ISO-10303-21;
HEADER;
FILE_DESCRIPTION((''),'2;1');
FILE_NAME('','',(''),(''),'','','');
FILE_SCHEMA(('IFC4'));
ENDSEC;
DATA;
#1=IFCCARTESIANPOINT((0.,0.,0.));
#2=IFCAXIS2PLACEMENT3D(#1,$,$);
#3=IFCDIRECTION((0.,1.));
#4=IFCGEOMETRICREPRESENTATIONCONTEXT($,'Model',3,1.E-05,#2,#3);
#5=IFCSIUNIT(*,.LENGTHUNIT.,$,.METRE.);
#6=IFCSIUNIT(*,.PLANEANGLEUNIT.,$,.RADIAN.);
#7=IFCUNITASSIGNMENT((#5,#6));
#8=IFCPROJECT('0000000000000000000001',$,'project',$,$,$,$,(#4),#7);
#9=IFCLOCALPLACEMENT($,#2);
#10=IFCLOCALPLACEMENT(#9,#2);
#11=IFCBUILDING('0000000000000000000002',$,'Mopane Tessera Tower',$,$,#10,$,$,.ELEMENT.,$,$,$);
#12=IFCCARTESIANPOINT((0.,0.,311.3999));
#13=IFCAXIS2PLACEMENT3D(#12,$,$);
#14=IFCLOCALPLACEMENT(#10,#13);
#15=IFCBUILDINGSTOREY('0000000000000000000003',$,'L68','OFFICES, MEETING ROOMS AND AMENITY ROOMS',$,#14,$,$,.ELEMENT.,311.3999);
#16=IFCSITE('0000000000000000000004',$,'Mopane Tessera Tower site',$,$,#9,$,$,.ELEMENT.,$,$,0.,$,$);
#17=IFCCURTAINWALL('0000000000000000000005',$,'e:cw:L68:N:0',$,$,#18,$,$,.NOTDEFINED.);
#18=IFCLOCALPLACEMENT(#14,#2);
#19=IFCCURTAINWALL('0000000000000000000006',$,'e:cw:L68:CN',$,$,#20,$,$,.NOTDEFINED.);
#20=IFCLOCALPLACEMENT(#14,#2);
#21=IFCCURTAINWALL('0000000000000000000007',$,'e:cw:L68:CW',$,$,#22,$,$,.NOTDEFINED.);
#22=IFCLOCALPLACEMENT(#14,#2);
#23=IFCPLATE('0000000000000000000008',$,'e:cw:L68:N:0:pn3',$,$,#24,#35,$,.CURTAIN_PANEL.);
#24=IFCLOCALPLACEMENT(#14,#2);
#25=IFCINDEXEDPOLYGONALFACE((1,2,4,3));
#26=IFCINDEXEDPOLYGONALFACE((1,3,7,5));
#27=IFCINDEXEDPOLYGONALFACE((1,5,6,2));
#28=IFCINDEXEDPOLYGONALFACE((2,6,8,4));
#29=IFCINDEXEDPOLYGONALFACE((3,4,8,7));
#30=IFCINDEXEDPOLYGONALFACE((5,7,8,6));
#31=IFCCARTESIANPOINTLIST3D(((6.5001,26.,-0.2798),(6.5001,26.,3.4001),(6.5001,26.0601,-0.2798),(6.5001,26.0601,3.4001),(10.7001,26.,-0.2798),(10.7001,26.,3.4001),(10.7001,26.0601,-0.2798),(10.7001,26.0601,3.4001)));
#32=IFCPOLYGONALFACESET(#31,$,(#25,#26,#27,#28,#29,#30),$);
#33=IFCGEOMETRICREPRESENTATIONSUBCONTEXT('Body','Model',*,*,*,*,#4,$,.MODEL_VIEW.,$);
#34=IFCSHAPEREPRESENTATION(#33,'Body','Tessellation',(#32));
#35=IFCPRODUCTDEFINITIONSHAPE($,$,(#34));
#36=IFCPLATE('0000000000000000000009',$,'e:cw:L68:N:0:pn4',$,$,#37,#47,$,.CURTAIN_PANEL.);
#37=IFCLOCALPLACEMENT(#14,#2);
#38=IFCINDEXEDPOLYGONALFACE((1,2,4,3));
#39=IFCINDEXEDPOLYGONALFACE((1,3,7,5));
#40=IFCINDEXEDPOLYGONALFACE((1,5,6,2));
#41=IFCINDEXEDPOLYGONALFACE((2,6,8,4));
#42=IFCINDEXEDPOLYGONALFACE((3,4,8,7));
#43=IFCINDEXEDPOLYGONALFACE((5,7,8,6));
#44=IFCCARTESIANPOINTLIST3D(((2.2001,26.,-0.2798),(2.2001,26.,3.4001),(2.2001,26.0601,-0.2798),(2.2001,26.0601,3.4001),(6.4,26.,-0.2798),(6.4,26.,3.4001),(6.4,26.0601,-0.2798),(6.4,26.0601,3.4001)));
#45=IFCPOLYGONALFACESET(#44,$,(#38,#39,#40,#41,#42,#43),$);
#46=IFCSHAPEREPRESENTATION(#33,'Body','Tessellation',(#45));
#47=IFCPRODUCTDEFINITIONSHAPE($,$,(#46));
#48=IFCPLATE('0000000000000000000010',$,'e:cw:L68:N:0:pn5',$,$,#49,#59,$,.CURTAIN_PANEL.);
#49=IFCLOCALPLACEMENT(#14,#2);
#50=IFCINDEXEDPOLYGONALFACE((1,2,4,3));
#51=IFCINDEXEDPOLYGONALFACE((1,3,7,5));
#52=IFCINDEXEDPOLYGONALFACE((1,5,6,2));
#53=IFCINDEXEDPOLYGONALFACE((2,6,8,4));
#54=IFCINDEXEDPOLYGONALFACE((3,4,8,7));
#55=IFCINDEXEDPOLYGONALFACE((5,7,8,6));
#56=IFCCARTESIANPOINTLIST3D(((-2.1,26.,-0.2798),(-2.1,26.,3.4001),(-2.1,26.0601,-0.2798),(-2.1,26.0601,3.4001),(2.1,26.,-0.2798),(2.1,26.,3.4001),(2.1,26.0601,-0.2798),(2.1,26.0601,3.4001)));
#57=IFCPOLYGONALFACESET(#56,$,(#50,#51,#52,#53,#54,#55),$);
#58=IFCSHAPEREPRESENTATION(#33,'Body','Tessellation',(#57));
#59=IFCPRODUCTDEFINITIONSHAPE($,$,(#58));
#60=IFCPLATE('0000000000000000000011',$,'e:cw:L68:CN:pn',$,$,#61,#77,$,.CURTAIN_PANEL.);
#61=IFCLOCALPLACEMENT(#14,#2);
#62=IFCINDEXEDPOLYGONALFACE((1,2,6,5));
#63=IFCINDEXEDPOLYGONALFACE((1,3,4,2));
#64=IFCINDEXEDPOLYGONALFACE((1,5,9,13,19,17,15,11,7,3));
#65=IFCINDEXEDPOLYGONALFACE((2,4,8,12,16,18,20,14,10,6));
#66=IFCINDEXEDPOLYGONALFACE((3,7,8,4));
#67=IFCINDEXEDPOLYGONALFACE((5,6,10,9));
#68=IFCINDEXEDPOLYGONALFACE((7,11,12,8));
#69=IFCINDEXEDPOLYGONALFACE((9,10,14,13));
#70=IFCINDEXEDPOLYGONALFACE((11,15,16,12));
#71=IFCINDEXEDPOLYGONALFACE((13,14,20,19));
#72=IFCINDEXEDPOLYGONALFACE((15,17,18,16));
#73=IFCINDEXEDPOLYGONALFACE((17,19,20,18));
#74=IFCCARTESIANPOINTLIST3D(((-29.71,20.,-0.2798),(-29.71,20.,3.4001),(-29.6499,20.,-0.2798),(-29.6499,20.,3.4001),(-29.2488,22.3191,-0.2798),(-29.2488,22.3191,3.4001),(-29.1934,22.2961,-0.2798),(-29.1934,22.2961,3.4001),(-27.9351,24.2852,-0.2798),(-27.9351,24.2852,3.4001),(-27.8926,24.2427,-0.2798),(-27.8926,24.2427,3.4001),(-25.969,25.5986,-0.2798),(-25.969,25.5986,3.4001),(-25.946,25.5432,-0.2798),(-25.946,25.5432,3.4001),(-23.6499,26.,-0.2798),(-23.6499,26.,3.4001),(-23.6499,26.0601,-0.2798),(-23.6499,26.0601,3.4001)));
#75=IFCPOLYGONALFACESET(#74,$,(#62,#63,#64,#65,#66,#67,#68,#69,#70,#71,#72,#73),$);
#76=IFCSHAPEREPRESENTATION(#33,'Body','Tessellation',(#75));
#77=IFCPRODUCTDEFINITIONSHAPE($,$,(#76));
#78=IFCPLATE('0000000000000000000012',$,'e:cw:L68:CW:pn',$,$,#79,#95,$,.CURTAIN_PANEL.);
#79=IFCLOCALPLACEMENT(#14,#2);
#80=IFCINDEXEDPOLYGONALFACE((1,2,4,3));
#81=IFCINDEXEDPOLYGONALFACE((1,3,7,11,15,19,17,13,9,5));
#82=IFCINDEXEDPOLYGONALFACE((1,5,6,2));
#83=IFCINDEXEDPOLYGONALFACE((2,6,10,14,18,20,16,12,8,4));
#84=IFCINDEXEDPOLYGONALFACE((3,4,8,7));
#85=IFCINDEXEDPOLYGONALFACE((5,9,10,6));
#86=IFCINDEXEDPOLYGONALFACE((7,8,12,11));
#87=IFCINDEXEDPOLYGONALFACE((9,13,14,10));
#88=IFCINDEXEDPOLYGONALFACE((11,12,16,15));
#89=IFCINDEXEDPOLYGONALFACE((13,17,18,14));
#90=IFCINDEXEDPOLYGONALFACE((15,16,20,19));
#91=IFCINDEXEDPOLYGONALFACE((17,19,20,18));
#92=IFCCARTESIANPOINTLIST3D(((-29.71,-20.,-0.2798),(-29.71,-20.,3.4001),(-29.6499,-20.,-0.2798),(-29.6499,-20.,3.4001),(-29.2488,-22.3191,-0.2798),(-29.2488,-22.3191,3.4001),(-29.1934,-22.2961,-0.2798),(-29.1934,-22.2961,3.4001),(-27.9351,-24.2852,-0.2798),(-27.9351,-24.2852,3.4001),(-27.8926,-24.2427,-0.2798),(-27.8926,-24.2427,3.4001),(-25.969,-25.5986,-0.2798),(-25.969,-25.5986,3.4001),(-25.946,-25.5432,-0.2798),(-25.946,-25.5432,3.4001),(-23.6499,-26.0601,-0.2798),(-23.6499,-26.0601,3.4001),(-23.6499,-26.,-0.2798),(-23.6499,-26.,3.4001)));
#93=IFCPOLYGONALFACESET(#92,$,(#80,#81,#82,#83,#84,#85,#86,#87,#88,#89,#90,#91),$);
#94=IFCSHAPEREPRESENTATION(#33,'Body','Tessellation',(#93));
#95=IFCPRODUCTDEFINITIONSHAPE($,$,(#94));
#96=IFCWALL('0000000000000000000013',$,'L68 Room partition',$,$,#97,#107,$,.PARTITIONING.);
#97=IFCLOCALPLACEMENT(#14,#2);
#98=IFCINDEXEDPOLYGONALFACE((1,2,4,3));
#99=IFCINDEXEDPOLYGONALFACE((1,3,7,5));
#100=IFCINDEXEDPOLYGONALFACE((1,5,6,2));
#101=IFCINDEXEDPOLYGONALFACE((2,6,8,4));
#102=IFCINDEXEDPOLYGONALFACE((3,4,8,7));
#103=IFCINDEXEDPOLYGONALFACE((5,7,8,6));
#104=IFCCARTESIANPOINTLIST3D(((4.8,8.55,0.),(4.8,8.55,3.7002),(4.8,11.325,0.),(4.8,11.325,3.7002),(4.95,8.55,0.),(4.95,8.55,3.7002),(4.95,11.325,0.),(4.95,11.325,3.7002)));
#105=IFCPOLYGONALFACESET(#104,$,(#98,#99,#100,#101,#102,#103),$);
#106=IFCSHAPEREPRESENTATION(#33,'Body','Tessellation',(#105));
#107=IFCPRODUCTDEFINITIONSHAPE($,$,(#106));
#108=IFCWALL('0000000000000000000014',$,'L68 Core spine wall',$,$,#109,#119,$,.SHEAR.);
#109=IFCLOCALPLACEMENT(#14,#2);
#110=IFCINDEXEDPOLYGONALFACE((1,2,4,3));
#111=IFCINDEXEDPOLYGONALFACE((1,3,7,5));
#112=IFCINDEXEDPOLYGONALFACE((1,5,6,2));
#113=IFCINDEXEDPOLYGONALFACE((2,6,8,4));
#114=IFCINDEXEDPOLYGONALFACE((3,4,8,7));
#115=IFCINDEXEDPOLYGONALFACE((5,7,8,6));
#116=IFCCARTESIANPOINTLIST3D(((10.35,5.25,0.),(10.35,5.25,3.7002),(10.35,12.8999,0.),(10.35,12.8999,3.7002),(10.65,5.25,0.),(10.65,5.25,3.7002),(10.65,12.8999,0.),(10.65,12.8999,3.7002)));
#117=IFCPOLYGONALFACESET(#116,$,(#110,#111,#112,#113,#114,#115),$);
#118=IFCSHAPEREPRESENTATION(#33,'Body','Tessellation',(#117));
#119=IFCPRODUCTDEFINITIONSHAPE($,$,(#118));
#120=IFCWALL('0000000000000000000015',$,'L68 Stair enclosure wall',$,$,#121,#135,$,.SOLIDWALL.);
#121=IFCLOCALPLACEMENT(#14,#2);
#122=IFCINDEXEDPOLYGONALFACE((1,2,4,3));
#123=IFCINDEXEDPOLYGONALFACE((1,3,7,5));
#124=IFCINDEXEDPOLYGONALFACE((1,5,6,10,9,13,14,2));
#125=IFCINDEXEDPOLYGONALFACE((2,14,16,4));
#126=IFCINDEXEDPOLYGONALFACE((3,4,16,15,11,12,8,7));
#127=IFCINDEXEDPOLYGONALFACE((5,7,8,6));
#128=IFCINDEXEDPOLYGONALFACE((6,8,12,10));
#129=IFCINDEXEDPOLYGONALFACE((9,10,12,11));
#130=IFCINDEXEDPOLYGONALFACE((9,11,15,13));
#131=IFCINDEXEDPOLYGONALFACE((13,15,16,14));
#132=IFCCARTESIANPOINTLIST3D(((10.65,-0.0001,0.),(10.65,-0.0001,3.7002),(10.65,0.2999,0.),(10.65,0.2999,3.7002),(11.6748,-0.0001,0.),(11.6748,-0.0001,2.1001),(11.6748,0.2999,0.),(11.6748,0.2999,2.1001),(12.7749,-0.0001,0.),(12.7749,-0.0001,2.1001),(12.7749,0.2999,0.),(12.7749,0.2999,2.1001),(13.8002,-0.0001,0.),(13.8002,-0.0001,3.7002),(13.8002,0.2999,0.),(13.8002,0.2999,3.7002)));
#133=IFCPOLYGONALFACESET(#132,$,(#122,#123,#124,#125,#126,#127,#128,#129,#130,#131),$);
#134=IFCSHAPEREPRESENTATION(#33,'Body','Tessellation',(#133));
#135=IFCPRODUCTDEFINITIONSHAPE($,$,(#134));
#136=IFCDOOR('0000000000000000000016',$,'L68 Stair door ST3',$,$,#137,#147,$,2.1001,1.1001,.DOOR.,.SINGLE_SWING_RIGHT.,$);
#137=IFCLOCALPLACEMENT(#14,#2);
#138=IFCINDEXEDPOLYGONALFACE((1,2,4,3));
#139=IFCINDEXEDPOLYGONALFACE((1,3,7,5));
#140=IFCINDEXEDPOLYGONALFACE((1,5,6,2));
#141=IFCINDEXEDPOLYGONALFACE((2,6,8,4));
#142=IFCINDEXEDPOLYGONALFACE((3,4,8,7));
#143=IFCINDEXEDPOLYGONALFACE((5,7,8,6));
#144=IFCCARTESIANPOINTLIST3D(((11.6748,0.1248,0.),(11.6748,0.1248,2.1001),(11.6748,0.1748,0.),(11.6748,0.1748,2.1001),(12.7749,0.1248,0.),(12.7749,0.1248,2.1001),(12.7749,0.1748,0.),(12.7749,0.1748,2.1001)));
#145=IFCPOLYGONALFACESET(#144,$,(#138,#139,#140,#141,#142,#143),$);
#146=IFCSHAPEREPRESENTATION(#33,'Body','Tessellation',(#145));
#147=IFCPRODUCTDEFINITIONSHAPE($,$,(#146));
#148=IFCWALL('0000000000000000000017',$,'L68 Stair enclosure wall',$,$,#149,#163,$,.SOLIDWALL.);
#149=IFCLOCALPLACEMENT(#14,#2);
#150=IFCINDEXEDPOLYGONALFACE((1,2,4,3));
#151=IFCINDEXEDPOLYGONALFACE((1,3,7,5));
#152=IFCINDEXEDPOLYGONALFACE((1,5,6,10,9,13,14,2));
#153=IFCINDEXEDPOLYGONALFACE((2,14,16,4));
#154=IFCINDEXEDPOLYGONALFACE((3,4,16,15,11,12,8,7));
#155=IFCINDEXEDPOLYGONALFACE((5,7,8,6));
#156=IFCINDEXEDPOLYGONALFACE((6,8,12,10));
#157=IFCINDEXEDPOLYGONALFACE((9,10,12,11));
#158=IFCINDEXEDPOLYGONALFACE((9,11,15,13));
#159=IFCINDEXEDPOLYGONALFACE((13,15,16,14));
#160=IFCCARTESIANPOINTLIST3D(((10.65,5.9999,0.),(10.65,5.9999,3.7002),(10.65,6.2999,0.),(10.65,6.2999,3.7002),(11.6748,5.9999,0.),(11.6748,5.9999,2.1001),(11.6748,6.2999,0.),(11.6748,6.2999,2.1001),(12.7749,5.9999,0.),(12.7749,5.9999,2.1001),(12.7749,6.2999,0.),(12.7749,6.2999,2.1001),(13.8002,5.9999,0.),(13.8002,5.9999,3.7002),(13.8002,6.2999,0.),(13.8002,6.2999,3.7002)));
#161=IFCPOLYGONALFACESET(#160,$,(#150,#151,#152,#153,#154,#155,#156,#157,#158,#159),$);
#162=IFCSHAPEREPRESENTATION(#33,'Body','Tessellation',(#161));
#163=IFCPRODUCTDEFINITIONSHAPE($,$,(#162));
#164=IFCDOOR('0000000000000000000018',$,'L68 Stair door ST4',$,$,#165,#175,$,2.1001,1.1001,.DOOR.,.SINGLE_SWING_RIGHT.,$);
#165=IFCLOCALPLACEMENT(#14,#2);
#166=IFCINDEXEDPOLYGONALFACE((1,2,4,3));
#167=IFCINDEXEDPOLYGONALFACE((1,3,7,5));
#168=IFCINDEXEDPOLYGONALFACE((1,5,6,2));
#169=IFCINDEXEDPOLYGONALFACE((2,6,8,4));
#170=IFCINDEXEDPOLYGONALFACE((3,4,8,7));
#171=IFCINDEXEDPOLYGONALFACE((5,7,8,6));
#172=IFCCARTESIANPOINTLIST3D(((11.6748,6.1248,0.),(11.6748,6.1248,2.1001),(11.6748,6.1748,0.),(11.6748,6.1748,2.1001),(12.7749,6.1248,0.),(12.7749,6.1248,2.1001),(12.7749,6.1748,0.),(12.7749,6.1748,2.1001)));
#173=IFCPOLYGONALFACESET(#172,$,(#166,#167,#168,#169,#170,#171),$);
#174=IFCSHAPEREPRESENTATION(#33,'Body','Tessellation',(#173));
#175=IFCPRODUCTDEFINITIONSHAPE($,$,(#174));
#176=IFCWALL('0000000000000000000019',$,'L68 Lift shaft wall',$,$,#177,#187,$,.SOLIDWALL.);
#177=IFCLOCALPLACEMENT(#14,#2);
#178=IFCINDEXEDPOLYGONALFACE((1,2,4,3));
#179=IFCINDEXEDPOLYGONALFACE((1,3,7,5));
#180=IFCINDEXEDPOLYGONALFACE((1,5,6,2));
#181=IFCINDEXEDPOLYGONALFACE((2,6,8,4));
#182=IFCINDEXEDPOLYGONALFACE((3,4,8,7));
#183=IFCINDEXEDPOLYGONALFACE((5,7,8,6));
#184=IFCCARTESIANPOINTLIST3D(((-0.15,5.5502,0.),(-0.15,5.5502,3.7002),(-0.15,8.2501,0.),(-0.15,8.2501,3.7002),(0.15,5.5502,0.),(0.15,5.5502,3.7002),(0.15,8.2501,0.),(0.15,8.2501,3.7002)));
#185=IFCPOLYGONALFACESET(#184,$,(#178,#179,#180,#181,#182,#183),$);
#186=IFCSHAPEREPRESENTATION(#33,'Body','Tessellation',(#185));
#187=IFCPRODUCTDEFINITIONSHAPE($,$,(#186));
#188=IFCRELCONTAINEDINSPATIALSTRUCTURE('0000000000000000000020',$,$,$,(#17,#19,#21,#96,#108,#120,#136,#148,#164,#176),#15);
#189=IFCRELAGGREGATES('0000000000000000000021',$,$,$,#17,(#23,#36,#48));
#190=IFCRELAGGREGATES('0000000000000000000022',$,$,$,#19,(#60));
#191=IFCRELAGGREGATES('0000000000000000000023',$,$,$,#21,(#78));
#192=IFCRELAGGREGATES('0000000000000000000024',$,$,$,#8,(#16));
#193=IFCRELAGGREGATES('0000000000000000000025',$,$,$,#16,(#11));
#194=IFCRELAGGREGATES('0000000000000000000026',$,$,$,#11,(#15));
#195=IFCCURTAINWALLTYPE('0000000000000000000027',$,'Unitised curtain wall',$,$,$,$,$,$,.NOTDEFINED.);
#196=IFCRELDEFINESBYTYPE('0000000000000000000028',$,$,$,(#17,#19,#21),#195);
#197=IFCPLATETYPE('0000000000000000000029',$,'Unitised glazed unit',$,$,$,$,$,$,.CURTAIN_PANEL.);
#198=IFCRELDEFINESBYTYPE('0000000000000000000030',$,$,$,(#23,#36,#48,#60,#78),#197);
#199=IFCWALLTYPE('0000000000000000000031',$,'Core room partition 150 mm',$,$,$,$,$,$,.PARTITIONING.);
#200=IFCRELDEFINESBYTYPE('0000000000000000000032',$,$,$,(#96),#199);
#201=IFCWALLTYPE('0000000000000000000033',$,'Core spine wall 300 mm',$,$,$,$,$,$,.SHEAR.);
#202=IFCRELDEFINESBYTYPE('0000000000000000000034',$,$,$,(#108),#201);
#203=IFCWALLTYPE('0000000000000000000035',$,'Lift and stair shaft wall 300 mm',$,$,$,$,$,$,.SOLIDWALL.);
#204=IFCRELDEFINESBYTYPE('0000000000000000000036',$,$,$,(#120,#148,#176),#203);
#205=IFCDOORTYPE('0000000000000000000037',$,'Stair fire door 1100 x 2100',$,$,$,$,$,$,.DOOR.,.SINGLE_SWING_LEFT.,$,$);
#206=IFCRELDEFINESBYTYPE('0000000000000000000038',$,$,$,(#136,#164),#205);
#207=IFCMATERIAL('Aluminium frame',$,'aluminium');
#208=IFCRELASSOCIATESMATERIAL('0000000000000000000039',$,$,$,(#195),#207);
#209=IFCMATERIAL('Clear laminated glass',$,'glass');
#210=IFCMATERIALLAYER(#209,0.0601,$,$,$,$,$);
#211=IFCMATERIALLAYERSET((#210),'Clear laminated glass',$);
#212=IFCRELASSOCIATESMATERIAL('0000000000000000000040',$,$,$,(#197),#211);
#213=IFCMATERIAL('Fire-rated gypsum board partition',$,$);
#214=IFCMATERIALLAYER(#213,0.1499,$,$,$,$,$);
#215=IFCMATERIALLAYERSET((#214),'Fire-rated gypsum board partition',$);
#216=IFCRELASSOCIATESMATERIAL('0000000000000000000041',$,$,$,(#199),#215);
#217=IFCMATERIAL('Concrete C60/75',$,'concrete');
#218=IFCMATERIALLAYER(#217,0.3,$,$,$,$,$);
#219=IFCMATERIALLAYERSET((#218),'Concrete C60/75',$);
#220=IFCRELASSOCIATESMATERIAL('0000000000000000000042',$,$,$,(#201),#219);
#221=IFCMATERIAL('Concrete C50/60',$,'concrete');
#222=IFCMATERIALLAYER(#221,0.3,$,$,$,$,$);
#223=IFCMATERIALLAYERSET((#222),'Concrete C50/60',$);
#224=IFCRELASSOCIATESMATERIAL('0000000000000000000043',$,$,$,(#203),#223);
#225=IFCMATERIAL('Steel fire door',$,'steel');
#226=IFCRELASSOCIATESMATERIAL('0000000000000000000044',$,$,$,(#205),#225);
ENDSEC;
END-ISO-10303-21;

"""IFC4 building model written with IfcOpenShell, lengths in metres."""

from ifc_helpers import new_model, si_unit, direction, frame, frame_2d, origin, origin_2d, place, context, subcontext, project, spatial, polyline, rectangle, outline, extrude, material, layer, layer_set, type_object, element, fill, aggregate, save


model = new_model("IFC4")

# Units and contexts
model_context = context("Model", 3, precision=1e-05, world=origin(), true_north=direction((0.0, 1.0)))
body_context = subcontext(model_context, "Body", "Model", "MODEL_VIEW")
ifc_project = project(units=[si_unit("LENGTHUNIT", "METRE"), si_unit("PLANEANGLEUNIT", "RADIAN")], contexts=[model_context])

# Site, building, storey
site_placement = place(None, origin())
site = spatial("IfcSite", under=ifc_project, at=site_placement, Name="Mopane Tessera Tower site", CompositionType="ELEMENT", RefElevation=0.0)
building_placement = place(site_placement, origin())
building = spatial("IfcBuilding", under=site, at=building_placement, Name="Mopane Tessera Tower", CompositionType="ELEMENT")
storey_placement = place(building_placement, frame((0.0, 0.0, 311.3999)))
storey = spatial("IfcBuildingStorey", under=building, at=storey_placement, Name="L68", Description="OFFICES, MEETING ROOMS AND AMENITY ROOMS", CompositionType="ELEMENT", Elevation=311.3999)

# Curtain wall
ifc_material_1 = material(Name="Aluminium frame", Category="aluminium")
curtain_wall_type = type_object("IfcCurtainWallType", Name="Unitised curtain wall", PredefinedType="NOTDEFINED", material=ifc_material_1)
curtain_wall_1_placement = place(storey_placement, origin())
curtain_wall_1 = element("IfcCurtainWall", 1, at=curtain_wall_1_placement, inside=storey, type_object=curtain_wall_type, Name="e:cw:L68:N:0", PredefinedType="NOTDEFINED")

# Curtain walls
curtain_wall_2_placement = place(storey_placement, origin())
curtain_wall_2 = element("IfcCurtainWall", 2, at=curtain_wall_2_placement, inside=storey, type_object=curtain_wall_type, Name="e:cw:L68:CN", PredefinedType="NOTDEFINED")
curtain_wall_3_placement = place(storey_placement, origin())
curtain_wall_3 = element("IfcCurtainWall", 3, at=curtain_wall_3_placement, inside=storey, type_object=curtain_wall_type, Name="e:cw:L68:CW", PredefinedType="NOTDEFINED")

# Shared definitions
ifc_material_2 = material(Name="Clear laminated glass", Category="glass")
ifc_layer_1 = layer(ifc_material_2, 0.0601)
ifc_layer_set_1 = layer_set([ifc_layer_1], Name="Clear laminated glass")
plate_type = type_object("IfcPlateType", Name="Unitised glazed unit", PredefinedType="CURTAIN_PANEL", material=ifc_layer_set_1)

# Plates
plate_1_placement = place(storey_placement, frame((8.6001, 26.03, -0.2798), z_axis=(0.0, 0.0, 1.0), x_axis=(-1.0, 0.0, 0.0)))
plate_1 = element("IfcPlate", 4, at=plate_1_placement, type_object=plate_type, Name="e:cw:L68:N:0:pn3", PredefinedType="CURTAIN_PANEL", context=body_context, shape_type="SweptSolid", body=[
    extrude(rectangle(XDim=4.2, YDim=0.0601, at=origin_2d()), origin(), (0.0, 0.0, 1.0), 3.6799),
])
plate_2_placement = place(storey_placement, frame((4.3, 26.03, -0.2798), z_axis=(0.0, 0.0, 1.0), x_axis=(-1.0, 0.0, 0.0)))
plate_2 = element("IfcPlate", 5, at=plate_2_placement, type_object=plate_type, Name="e:cw:L68:N:0:pn4", PredefinedType="CURTAIN_PANEL", context=body_context, shape_type="SweptSolid", body=[
    extrude(rectangle(XDim=4.2, YDim=0.0601, at=origin_2d()), origin(), (0.0, 0.0, 1.0), 3.6799),
])
plate_3_placement = place(storey_placement, frame((0.0, 26.03, -0.2798), z_axis=(0.0, 0.0, 1.0), x_axis=(-1.0, 0.0, 0.0)))
plate_3 = element("IfcPlate", 6, at=plate_3_placement, type_object=plate_type, Name="e:cw:L68:N:0:pn5", PredefinedType="CURTAIN_PANEL", context=body_context, shape_type="SweptSolid", body=[
    extrude(rectangle(XDim=4.2, YDim=0.0601, at=origin_2d()), origin(), (0.0, 0.0, 1.0), 3.6799),
])
aggregate(curtain_wall_1, [plate_1, plate_2, plate_3])
plate_4_placement = place(storey_placement, frame((0.0, 0.0, -0.2798)))
plate_4 = element("IfcPlate", 7, at=plate_4_placement, type_object=plate_type, Name="e:cw:L68:CN:pn", PredefinedType="CURTAIN_PANEL", context=body_context, shape_type="SweptSolid", body=[
    extrude(outline(polyline([(-23.6499, 26.0), (-25.946, 25.5432), (-27.8926, 24.2427), (-29.1934, 22.2961), (-29.6499, 20.0), (-29.71, 20.0), (-29.2488, 22.3191), (-27.9351, 24.2852), (-25.969, 25.5986), (-23.6499, 26.0601), (-23.6499, 26.0)])), origin(), (0.0, 0.0, 1.0), 3.6799),
])
aggregate(curtain_wall_2, [plate_4])
plate_5_placement = place(storey_placement, frame((0.0, 0.0, -0.2798)))
plate_5 = element("IfcPlate", 8, at=plate_5_placement, type_object=plate_type, Name="e:cw:L68:CW:pn", PredefinedType="CURTAIN_PANEL", context=body_context, shape_type="SweptSolid", body=[
    extrude(outline(polyline([(-29.6499, -20.0), (-29.1934, -22.2961), (-27.8926, -24.2427), (-25.946, -25.5432), (-23.6499, -26.0), (-23.6499, -26.0601), (-25.969, -25.5986), (-27.9351, -24.2852), (-29.2488, -22.3191), (-29.71, -20.0), (-29.6499, -20.0)])), origin(), (0.0, 0.0, 1.0), 3.6799),
])
aggregate(curtain_wall_3, [plate_5])

# Walls
ifc_material_3 = material(Name="Fire-rated gypsum board partition")
ifc_layer_2 = layer(ifc_material_3, 0.1499)
ifc_layer_set_2 = layer_set([ifc_layer_2], Name="Fire-rated gypsum board partition")
wall_type_1 = type_object("IfcWallType", Name="Core room partition 150 mm", PredefinedType="PARTITIONING", material=ifc_layer_set_2)
wall_1_placement = place(storey_placement, frame((4.875, 8.55, 0.0), z_axis=(0.0, 0.0, 1.0), x_axis=(0.0, 1.0, 0.0)))
element("IfcWall", 9, at=wall_1_placement, inside=storey, type_object=wall_type_1, Name="L68 Room partition", PredefinedType="PARTITIONING", context=body_context, shape_type="SweptSolid", body=[
    extrude(rectangle(XDim=2.7749, YDim=0.1499, at=frame_2d((1.3875, 0.0))), origin(), (0.0, 0.0, 1.0), 3.7002),
])
ifc_material_4 = material(Name="Concrete C60/75", Category="concrete")
ifc_layer_3 = layer(ifc_material_4, 0.3)
ifc_layer_set_3 = layer_set([ifc_layer_3], Name="Concrete C60/75")
wall_type_2 = type_object("IfcWallType", Name="Core spine wall 300 mm", PredefinedType="SHEAR", material=ifc_layer_set_3)
wall_2_placement = place(storey_placement, frame((10.5, 5.25, 0.0), z_axis=(0.0, 0.0, 1.0), x_axis=(0.0, 1.0, 0.0)))
element("IfcWall", 10, at=wall_2_placement, inside=storey, type_object=wall_type_2, Name="L68 Core spine wall", PredefinedType="SHEAR", context=body_context, shape_type="SweptSolid", body=[
    extrude(rectangle(XDim=7.6499, YDim=0.3, at=frame_2d((3.825, 0.0))), origin(), (0.0, 0.0, 1.0), 3.7002),
])

# Walls, openings, doors
ifc_material_5 = material(Name="Concrete C50/60", Category="concrete")
ifc_layer_4 = layer(ifc_material_5, 0.3)
ifc_layer_set_4 = layer_set([ifc_layer_4], Name="Concrete C50/60")
wall_type_3 = type_object("IfcWallType", Name="Lift and stair shaft wall 300 mm", PredefinedType="SOLIDWALL", material=ifc_layer_set_4)
wall_3_placement = place(storey_placement, frame((10.6499, 0.1499, 0.0), z_axis=(0.0, 0.0, 1.0), x_axis=(1.0, 0.0, 0.0)))
wall_3 = element("IfcWall", 11, at=wall_3_placement, inside=storey, type_object=wall_type_3, Name="L68 Stair enclosure wall", PredefinedType="SOLIDWALL", context=body_context, shape_type="SweptSolid", body=[
    extrude(rectangle(XDim=3.1501, YDim=0.3, at=frame_2d((1.5752, 0.0))), origin(), (0.0, 0.0, 1.0), 3.7002),
])
opening_1_placement = place(wall_3_placement, frame((1.0249, 0.0, 0.0)))
opening_1 = element("IfcOpeningElement", 12, at=opening_1_placement, cuts=wall_3, PredefinedType="OPENING", context=body_context, shape_type="SweptSolid", body=[
    extrude(rectangle(XDim=1.1001, YDim=2.1001, at=frame_2d((0.55, 1.05))), frame((0.0, 0.1621, 0.0), z_axis=(0.0, -1.0, 0.0), x_axis=(1.0, 0.0, 0.0)), (0.0, 0.0, 1.0), 0.324),
])
ifc_material_6 = material(Name="Steel fire door", Category="steel")
door_type = type_object("IfcDoorType", Name="Stair fire door 1100 x 2100", OperationType="SINGLE_SWING_LEFT", PredefinedType="DOOR", material=ifc_material_6)
door_1_placement = place(opening_1_placement, origin())
door_1 = element("IfcDoor", 13, at=door_1_placement, inside=storey, type_object=door_type, Name="L68 Stair door ST3", OperationType="SINGLE_SWING_RIGHT", OverallHeight=2.1001, OverallWidth=1.1001, PredefinedType="DOOR", context=body_context, shape_type="SweptSolid", body=[
    extrude(rectangle(XDim=1.1001, YDim=2.1001, at=frame_2d((0.55, 1.05))), frame((0.0, 0.0249, 0.0), z_axis=(0.0, -1.0, 0.0), x_axis=(1.0, 0.0, 0.0)), (0.0, 0.0, 1.0), 0.05),
])
fill(opening_1, door_1)
wall_4_placement = place(storey_placement, frame((10.6499, 6.1499, 0.0), z_axis=(0.0, 0.0, 1.0), x_axis=(1.0, 0.0, 0.0)))
wall_4 = element("IfcWall", 14, at=wall_4_placement, inside=storey, type_object=wall_type_3, Name="L68 Stair enclosure wall", PredefinedType="SOLIDWALL", context=body_context, shape_type="SweptSolid", body=[
    extrude(rectangle(XDim=3.1501, YDim=0.3, at=frame_2d((1.5752, 0.0))), origin(), (0.0, 0.0, 1.0), 3.7002),
])
opening_2_placement = place(wall_4_placement, frame((1.0249, 0.0, 0.0)))
opening_2 = element("IfcOpeningElement", 15, at=opening_2_placement, cuts=wall_4, PredefinedType="OPENING", context=body_context, shape_type="SweptSolid", body=[
    extrude(rectangle(XDim=1.1001, YDim=2.1001, at=frame_2d((0.55, 1.05))), frame((0.0, 0.1621, 0.0), z_axis=(0.0, -1.0, 0.0), x_axis=(1.0, 0.0, 0.0)), (0.0, 0.0, 1.0), 0.324),
])
door_2_placement = place(opening_2_placement, origin())
door_2 = element("IfcDoor", 16, at=door_2_placement, inside=storey, type_object=door_type, Name="L68 Stair door ST4", OperationType="SINGLE_SWING_RIGHT", OverallHeight=2.1001, OverallWidth=1.1001, PredefinedType="DOOR", context=body_context, shape_type="SweptSolid", body=[
    extrude(rectangle(XDim=1.1001, YDim=2.1001, at=frame_2d((0.55, 1.05))), frame((0.0, 0.0249, 0.0), z_axis=(0.0, -1.0, 0.0), x_axis=(1.0, 0.0, 0.0)), (0.0, 0.0, 1.0), 0.05),
])
fill(opening_2, door_2)

# Wall
for number, where, z_axis, x_axis, name in (
    (17, (0.0, 5.55, 0.0), (0.0, 0.0, 1.0), (0.0, 1.0, 0.0), "L68 Lift shaft wall"),
):
    element("IfcWall", number, at=place(storey_placement, frame(where, z_axis=z_axis, x_axis=x_axis)), inside=storey, type_object=wall_type_3, Name=name, PredefinedType="SOLIDWALL", context=body_context, shape_type="SweptSolid", body=[
        extrude(rectangle(XDim=2.7, YDim=0.3, at=frame_2d((1.3501, 0.0))), origin(), (0.0, 0.0, 1.0), 3.7002),
    ])

save(model, "model.ifc")
